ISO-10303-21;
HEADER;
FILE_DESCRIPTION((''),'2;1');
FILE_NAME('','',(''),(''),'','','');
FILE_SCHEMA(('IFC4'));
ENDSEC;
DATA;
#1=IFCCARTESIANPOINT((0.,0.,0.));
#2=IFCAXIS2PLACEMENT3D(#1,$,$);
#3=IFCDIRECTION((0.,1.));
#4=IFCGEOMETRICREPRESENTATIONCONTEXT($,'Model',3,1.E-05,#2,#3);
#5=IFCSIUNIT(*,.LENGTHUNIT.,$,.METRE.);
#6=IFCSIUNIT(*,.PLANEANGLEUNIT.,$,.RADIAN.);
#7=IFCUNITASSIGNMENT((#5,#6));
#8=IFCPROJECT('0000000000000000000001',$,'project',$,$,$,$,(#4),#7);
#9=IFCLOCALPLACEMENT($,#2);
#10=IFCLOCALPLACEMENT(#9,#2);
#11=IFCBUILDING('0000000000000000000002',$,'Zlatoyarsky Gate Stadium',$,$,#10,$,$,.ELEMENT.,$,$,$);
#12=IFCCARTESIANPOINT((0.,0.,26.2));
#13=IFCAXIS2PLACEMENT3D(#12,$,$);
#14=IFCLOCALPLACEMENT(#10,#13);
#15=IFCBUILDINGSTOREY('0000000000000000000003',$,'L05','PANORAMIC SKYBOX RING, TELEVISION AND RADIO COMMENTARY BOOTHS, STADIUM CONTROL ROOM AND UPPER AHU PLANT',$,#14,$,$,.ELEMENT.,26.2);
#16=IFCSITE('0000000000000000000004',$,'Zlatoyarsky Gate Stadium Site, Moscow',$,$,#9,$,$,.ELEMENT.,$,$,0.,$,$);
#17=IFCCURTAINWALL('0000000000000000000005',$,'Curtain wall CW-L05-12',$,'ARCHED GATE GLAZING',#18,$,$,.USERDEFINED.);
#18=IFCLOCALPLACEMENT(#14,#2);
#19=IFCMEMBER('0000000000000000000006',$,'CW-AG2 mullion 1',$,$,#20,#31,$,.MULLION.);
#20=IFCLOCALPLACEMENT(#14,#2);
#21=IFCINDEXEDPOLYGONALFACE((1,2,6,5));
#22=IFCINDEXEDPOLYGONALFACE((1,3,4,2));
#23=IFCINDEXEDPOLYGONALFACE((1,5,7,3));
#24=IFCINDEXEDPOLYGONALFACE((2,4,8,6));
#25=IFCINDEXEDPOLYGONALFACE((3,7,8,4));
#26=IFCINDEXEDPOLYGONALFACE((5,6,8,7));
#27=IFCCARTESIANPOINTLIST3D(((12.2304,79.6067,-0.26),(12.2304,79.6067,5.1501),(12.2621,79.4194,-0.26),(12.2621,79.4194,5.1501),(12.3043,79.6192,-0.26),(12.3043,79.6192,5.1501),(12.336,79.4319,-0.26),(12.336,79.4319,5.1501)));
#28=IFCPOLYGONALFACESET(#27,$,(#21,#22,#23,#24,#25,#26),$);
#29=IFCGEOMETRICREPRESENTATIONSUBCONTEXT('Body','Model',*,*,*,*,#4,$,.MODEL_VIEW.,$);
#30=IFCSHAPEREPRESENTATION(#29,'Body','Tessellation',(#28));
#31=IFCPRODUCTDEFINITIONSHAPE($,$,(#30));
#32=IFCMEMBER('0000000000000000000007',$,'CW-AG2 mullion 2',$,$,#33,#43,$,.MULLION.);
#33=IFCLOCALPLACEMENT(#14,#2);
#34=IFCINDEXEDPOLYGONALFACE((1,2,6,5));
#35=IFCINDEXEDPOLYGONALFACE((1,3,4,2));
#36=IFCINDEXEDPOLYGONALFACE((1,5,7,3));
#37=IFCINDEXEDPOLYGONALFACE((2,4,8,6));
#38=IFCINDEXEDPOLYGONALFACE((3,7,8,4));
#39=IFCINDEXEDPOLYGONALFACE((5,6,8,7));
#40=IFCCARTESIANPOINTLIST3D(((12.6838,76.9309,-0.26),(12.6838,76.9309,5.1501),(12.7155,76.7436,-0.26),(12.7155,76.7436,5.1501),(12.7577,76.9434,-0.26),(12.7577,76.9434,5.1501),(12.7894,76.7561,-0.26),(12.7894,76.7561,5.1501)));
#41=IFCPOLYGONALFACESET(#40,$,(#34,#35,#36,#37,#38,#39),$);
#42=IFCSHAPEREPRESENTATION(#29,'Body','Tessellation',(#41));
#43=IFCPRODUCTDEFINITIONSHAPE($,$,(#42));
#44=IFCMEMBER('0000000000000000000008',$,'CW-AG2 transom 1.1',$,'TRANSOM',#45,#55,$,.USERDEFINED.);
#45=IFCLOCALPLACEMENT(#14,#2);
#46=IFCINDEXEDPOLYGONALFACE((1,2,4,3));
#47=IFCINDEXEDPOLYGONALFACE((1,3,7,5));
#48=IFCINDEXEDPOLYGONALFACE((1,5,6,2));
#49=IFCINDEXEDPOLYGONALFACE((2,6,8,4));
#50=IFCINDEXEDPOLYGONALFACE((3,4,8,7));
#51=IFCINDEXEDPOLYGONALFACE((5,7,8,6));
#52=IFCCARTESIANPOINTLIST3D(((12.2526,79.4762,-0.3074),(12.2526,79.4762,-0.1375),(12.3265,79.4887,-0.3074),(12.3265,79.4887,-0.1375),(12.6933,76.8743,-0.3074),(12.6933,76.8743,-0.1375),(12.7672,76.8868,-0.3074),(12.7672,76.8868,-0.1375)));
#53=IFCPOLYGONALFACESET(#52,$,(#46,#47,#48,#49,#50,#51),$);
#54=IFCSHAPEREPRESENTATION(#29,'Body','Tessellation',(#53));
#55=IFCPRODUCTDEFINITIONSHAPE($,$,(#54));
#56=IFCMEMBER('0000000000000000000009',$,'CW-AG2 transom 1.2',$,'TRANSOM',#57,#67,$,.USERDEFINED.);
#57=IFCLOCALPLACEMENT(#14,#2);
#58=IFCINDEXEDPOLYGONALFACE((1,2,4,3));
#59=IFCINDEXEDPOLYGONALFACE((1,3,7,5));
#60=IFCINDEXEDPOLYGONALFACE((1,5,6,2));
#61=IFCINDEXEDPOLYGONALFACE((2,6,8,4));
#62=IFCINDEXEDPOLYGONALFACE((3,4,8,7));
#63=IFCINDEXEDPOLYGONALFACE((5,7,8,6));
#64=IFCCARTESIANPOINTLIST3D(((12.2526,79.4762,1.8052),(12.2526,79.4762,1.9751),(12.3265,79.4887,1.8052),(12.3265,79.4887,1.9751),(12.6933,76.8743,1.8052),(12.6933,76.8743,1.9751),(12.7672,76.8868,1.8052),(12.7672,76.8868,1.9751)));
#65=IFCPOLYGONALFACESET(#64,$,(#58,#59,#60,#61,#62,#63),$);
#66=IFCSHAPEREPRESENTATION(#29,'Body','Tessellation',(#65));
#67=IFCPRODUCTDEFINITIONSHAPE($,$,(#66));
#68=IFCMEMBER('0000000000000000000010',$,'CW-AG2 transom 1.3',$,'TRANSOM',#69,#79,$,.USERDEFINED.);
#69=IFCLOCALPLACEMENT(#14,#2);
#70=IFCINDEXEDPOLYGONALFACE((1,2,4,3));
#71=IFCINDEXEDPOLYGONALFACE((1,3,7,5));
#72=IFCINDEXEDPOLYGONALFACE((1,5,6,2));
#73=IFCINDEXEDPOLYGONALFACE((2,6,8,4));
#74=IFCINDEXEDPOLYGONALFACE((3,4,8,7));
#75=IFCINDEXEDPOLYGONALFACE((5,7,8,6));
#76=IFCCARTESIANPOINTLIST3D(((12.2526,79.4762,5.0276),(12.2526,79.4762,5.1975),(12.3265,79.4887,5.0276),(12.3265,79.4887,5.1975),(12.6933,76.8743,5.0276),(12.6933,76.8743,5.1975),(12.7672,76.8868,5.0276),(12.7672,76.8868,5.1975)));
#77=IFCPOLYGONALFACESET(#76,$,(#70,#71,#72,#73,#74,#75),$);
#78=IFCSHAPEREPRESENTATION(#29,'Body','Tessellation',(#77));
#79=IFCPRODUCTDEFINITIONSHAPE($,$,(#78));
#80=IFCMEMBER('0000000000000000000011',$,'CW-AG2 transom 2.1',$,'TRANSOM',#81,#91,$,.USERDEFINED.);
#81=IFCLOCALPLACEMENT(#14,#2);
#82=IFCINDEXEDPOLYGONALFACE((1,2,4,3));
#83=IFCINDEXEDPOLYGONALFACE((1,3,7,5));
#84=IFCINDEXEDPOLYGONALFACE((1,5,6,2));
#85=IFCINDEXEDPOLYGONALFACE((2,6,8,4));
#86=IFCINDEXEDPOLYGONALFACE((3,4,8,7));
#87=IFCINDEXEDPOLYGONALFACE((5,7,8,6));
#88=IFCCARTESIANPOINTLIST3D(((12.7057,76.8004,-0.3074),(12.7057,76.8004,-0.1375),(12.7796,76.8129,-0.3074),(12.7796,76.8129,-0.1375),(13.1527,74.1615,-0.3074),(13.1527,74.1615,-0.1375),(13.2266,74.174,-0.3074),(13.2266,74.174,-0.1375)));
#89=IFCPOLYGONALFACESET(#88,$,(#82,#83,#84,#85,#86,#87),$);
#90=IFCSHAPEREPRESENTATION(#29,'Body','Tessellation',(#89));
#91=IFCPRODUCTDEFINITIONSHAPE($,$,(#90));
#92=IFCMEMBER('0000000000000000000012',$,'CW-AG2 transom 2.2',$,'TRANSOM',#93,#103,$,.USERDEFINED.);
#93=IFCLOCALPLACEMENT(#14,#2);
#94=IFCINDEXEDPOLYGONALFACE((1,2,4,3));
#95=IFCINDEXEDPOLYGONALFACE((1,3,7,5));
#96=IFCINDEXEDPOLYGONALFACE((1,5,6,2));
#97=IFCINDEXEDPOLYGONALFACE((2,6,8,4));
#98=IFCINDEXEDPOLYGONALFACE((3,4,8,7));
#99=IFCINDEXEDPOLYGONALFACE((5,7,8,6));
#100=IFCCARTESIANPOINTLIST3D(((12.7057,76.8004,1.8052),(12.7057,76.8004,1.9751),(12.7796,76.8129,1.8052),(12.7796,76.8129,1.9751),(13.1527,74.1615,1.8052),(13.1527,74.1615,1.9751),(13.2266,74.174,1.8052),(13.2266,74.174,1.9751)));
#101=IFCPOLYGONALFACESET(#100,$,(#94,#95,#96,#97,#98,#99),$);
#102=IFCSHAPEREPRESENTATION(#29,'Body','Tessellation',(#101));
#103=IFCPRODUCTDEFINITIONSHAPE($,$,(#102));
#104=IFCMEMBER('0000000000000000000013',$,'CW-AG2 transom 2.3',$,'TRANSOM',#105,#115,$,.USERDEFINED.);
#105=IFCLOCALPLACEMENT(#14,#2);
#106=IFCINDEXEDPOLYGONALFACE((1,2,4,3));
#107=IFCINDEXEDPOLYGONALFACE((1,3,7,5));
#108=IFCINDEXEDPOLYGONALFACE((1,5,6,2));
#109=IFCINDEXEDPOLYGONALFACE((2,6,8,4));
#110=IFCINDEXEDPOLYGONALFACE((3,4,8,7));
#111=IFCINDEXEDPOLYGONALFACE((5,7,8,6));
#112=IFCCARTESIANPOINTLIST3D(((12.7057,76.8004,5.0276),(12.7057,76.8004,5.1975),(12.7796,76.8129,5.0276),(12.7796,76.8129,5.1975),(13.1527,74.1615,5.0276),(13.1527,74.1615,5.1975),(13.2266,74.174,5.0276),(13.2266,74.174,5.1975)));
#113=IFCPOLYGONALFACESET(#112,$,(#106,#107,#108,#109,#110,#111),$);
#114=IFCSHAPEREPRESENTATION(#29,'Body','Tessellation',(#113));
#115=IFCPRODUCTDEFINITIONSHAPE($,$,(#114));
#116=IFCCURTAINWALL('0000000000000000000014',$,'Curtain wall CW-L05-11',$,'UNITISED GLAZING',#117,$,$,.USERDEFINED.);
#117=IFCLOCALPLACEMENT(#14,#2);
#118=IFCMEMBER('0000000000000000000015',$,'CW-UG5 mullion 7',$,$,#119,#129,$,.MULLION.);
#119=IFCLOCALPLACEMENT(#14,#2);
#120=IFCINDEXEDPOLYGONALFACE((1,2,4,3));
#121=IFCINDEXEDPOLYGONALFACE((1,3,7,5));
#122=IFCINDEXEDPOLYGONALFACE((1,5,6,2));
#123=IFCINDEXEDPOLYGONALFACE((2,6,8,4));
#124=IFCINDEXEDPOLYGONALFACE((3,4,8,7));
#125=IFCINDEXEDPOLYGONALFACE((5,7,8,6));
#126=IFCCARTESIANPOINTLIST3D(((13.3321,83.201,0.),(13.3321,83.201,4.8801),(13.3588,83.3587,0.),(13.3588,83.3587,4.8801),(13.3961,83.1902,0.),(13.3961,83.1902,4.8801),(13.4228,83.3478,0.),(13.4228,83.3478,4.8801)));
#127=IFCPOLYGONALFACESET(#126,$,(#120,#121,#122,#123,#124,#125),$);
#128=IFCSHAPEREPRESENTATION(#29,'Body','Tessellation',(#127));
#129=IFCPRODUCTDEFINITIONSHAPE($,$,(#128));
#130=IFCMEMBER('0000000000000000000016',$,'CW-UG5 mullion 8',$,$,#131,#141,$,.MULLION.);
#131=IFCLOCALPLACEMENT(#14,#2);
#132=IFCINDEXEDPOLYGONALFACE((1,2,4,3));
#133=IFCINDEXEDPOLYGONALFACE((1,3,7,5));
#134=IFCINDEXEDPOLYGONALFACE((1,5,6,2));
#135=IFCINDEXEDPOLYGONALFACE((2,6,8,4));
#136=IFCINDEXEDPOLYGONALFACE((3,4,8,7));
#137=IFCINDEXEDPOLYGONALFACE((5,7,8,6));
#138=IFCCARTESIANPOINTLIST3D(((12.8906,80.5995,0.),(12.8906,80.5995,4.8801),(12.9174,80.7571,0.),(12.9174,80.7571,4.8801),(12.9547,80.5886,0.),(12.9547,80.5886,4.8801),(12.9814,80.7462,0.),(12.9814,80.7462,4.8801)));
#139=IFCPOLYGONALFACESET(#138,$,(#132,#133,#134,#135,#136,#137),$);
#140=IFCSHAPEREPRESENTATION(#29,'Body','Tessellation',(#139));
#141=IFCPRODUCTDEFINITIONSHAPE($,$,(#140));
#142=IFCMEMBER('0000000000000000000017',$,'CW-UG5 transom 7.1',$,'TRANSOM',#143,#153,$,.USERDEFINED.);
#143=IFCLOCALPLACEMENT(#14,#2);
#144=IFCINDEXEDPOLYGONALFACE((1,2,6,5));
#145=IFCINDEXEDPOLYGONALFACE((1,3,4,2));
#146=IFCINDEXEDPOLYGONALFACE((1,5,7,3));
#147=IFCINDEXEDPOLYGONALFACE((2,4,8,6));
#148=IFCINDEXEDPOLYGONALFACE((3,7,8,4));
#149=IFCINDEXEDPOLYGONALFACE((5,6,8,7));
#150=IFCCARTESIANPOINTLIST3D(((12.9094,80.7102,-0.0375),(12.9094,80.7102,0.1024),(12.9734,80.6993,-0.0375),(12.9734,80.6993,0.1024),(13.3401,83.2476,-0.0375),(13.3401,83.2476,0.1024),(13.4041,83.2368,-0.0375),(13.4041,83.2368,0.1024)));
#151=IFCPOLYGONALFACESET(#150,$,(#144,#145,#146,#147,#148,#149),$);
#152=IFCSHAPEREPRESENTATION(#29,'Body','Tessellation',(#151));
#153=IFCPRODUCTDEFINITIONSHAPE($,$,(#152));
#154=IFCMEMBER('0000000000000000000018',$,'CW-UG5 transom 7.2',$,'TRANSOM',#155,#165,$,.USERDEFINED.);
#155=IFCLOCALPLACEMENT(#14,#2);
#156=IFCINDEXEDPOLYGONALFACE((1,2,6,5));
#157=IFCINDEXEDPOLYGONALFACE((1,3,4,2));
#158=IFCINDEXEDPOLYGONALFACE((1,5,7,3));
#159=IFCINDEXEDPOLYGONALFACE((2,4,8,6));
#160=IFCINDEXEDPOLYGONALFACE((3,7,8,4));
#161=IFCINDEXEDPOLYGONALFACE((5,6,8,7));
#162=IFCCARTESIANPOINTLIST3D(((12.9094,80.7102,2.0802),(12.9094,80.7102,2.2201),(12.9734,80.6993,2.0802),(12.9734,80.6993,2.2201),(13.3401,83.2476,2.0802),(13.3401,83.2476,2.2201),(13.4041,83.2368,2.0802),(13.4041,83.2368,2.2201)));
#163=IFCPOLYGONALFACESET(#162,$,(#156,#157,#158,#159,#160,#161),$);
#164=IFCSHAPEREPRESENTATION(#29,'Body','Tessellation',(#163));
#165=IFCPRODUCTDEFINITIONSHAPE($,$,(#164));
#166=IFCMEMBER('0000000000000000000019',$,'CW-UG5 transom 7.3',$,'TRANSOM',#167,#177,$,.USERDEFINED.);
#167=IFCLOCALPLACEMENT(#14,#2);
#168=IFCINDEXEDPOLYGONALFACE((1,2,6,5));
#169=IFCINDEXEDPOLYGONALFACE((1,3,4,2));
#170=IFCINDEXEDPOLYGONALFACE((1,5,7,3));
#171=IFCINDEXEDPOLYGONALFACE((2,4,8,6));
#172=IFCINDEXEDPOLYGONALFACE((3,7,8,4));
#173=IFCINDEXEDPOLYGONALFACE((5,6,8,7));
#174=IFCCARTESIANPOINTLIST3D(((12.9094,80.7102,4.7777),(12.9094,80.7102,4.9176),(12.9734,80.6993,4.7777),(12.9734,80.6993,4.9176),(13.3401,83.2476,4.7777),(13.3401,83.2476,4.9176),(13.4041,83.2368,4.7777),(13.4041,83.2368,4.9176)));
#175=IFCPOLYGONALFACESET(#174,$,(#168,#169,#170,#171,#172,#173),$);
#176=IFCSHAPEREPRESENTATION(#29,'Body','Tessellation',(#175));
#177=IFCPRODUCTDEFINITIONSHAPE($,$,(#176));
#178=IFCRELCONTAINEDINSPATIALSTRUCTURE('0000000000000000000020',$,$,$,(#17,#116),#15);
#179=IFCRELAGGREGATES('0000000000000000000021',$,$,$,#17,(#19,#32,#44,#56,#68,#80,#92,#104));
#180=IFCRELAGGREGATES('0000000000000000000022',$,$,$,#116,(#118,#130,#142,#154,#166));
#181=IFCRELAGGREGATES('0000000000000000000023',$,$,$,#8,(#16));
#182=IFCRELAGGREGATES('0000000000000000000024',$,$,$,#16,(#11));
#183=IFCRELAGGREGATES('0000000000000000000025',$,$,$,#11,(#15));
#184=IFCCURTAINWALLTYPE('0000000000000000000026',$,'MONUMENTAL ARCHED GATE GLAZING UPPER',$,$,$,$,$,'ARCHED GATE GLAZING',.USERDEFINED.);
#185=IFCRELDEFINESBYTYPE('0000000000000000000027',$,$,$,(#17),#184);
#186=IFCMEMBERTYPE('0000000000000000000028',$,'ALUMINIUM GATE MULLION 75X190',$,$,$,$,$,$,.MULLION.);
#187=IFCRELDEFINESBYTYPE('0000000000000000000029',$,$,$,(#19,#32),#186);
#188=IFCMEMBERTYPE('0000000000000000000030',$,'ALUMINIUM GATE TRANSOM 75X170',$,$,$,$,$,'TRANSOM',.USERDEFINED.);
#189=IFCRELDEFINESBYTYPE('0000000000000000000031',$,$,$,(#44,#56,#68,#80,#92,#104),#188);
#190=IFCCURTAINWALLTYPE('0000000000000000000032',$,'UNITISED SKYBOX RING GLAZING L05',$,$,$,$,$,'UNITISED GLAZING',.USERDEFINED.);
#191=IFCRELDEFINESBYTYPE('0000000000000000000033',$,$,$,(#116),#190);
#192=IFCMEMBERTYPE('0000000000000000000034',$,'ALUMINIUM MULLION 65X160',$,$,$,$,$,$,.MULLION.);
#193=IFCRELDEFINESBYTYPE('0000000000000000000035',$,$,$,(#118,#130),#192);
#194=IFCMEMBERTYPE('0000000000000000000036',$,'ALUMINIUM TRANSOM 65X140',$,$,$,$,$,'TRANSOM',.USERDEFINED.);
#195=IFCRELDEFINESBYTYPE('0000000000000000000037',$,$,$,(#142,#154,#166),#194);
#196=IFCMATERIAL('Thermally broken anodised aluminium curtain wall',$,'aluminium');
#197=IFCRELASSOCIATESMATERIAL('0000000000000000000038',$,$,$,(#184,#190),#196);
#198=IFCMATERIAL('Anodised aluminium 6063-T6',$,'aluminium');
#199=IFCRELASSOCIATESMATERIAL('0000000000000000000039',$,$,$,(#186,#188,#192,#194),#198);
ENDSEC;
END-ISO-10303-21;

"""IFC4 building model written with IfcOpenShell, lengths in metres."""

from ifc_helpers import new_model, si_unit, direction, frame, origin, origin_2d, place, context, subcontext, project, spatial, rectangle, extrude, material, material_profile, profile_set, type_object, element, aggregate, save


model = new_model("IFC4")

# Units and contexts
model_context = context("Model", 3, precision=1e-05, world=origin(), true_north=direction((0.0, 1.0)))
body_context = subcontext(model_context, "Body", "Model", "MODEL_VIEW")
ifc_project = project(units=[si_unit("LENGTHUNIT", "METRE"), si_unit("PLANEANGLEUNIT", "RADIAN")], contexts=[model_context])

# Site, building, storey
site_placement = place(None, origin())
site = spatial("IfcSite", under=ifc_project, at=site_placement, Name="Zlatoyarsky Gate Stadium Site, Moscow", CompositionType="ELEMENT", RefElevation=0.0)
building_placement = place(site_placement, origin())
building = spatial("IfcBuilding", under=site, at=building_placement, Name="Zlatoyarsky Gate Stadium", CompositionType="ELEMENT")
storey_placement = place(building_placement, frame((0.0, 0.0, 26.2)))
storey = spatial("IfcBuildingStorey", under=building, at=storey_placement, Name="L05", Description="PANORAMIC SKYBOX RING, TELEVISION AND RADIO COMMENTARY BOOTHS, STADIUM CONTROL ROOM AND UPPER AHU PLANT", CompositionType="ELEMENT", Elevation=26.2)

# Curtain walls, members
ifc_material_1 = material(Name="Thermally broken anodised aluminium curtain wall", Category="aluminium")
curtain_wall_type_1 = type_object("IfcCurtainWallType", Name="MONUMENTAL ARCHED GATE GLAZING UPPER", ElementType="ARCHED GATE GLAZING", PredefinedType="USERDEFINED", material=ifc_material_1)
curtain_wall_1_placement = place(storey_placement, origin())
curtain_wall_1 = element("IfcCurtainWall", 1, at=curtain_wall_1_placement, inside=storey, type_object=curtain_wall_type_1, Name="Curtain wall CW-L05-12", ObjectType="ARCHED GATE GLAZING", PredefinedType="USERDEFINED")
ifc_material_2 = material(Name="Anodised aluminium 6063-T6", Category="aluminium")
ifc_material_profile_1 = material_profile(ifc_material_2, rectangle(XDim=0.075, YDim=0.1899, at=origin_2d()), Name="ALU 75X190")
ifc_profile_set_1 = profile_set([ifc_material_profile_1], Name="Anodised aluminium 6063-T6")
member_type_1 = type_object("IfcMemberType", Name="ALUMINIUM GATE MULLION 75X190", PredefinedType="MULLION", material=ifc_profile_set_1)
member_1_placement = place(storey_placement, frame((12.2832, 79.5193, -0.26), z_axis=(0.0, 0.0, 1.0), x_axis=(0.985958, 0.166995, 0.0)))
member_1 = element("IfcMember", 2, at=member_1_placement, type_object=member_type_1, Name="CW-AG2 mullion 1", PredefinedType="MULLION", context=body_context, shape_type="SweptSolid", body=[
    extrude(rectangle(XDim=0.075, YDim=0.1899, at=origin_2d()), origin(), (0.0, 0.0, 1.0), 5.4102),
])
member_2_placement = place(storey_placement, frame((12.7366, 76.8435, -0.26), z_axis=(0.0, 0.0, 1.0), x_axis=(0.985958, 0.166995, 0.0)))
member_2 = element("IfcMember", 3, at=member_2_placement, type_object=member_type_1, Name="CW-AG2 mullion 2", PredefinedType="MULLION", context=body_context, shape_type="SweptSolid", body=[
    extrude(rectangle(XDim=0.075, YDim=0.1899, at=origin_2d()), origin(), (0.0, 0.0, 1.0), 5.4102),
])
ifc_material_profile_2 = material_profile(ifc_material_2, rectangle(XDim=0.075, YDim=0.1699, at=origin_2d()), Name="ALU 75X170")
ifc_profile_set_2 = profile_set([ifc_material_profile_2], Name="Anodised aluminium 6063-T6")
member_type_2 = type_object("IfcMemberType", Name="ALUMINIUM GATE TRANSOM 75X170", ElementType="TRANSOM", PredefinedType="USERDEFINED", material=ifc_profile_set_2)
member_3_placement = place(storey_placement, frame((12.2896, 79.4824, -0.2224), z_axis=(0.166994, -0.985958, 0.0), x_axis=(0.985958, 0.166994, 0.0)))
member_3 = element("IfcMember", 4, at=member_3_placement, type_object=member_type_2, Name="CW-AG2 transom 1.1", ObjectType="TRANSOM", PredefinedType="USERDEFINED", context=body_context, shape_type="SweptSolid", body=[
    extrude(rectangle(XDim=0.075, YDim=0.1699, at=origin_2d()), origin(), (0.0, 0.0, 1.0), 2.6389),
])
member_4_placement = place(storey_placement, frame((12.2896, 79.4824, 1.8901), z_axis=(0.166994, -0.985958, 0.0), x_axis=(0.985958, 0.166994, 0.0)))
member_4 = element("IfcMember", 5, at=member_4_placement, type_object=member_type_2, Name="CW-AG2 transom 1.2", ObjectType="TRANSOM", PredefinedType="USERDEFINED", context=body_context, shape_type="SweptSolid", body=[
    extrude(rectangle(XDim=0.075, YDim=0.1699, at=origin_2d()), origin(), (0.0, 0.0, 1.0), 2.6389),
])
member_5_placement = place(storey_placement, frame((12.2896, 79.4824, 5.1125), z_axis=(0.166994, -0.985958, 0.0), x_axis=(0.985958, 0.166994, 0.0)))
member_5 = element("IfcMember", 6, at=member_5_placement, type_object=member_type_2, Name="CW-AG2 transom 1.3", ObjectType="TRANSOM", PredefinedType="USERDEFINED", context=body_context, shape_type="SweptSolid", body=[
    extrude(rectangle(XDim=0.075, YDim=0.1699, at=origin_2d()), origin(), (0.0, 0.0, 1.0), 2.6389),
])
member_6_placement = place(storey_placement, frame((12.7427, 76.8066, -0.2224), z_axis=(0.167017, -0.985954, 0.0), x_axis=(0.985954, 0.167017, 0.0)))
member_6 = element("IfcMember", 7, at=member_6_placement, type_object=member_type_2, Name="CW-AG2 transom 2.1", ObjectType="TRANSOM", PredefinedType="USERDEFINED", context=body_context, shape_type="SweptSolid", body=[
    extrude(rectangle(XDim=0.075, YDim=0.1699, at=origin_2d()), origin(), (0.0, 0.0, 1.0), 2.6765),
])
member_7_placement = place(storey_placement, frame((12.7427, 76.8066, 1.8901), z_axis=(0.167017, -0.985954, 0.0), x_axis=(0.985954, 0.167017, 0.0)))
member_7 = element("IfcMember", 8, at=member_7_placement, type_object=member_type_2, Name="CW-AG2 transom 2.2", ObjectType="TRANSOM", PredefinedType="USERDEFINED", context=body_context, shape_type="SweptSolid", body=[
    extrude(rectangle(XDim=0.075, YDim=0.1699, at=origin_2d()), origin(), (0.0, 0.0, 1.0), 2.6765),
])
member_8_placement = place(storey_placement, frame((12.7427, 76.8066, 5.1125), z_axis=(0.167017, -0.985954, 0.0), x_axis=(0.985954, 0.167017, 0.0)))
member_8 = element("IfcMember", 9, at=member_8_placement, type_object=member_type_2, Name="CW-AG2 transom 2.3", ObjectType="TRANSOM", PredefinedType="USERDEFINED", context=body_context, shape_type="SweptSolid", body=[
    extrude(rectangle(XDim=0.075, YDim=0.1699, at=origin_2d()), origin(), (0.0, 0.0, 1.0), 2.6765),
])
curtain_wall_type_2 = type_object("IfcCurtainWallType", Name="UNITISED SKYBOX RING GLAZING L05", ElementType="UNITISED GLAZING", PredefinedType="USERDEFINED", material=ifc_material_1)
curtain_wall_2_placement = place(storey_placement, origin())
curtain_wall_2 = element("IfcCurtainWall", 10, at=curtain_wall_2_placement, inside=storey, type_object=curtain_wall_type_2, Name="Curtain wall CW-L05-11", ObjectType="UNITISED GLAZING", PredefinedType="USERDEFINED")
ifc_material_profile_3 = material_profile(ifc_material_2, rectangle(XDim=0.0649, YDim=0.1599, at=origin_2d()), Name="ALU 65X160")
ifc_profile_set_3 = profile_set([ifc_material_profile_3], Name="Anodised aluminium 6063-T6")
member_type_3 = type_object("IfcMemberType", Name="ALUMINIUM MULLION 65X160", PredefinedType="MULLION", material=ifc_profile_set_3)
member_9_placement = place(storey_placement, frame((13.3774, 83.2744, 0.0), z_axis=(0.0, 0.0, 1.0), x_axis=(0.985909, -0.167284, 0.0)))
member_9 = element("IfcMember", 11, at=member_9_placement, type_object=member_type_3, Name="CW-UG5 mullion 7", PredefinedType="MULLION", context=body_context, shape_type="SweptSolid", body=[
    extrude(rectangle(XDim=0.0649, YDim=0.1599, at=origin_2d()), origin(), (0.0, 0.0, 1.0), 4.8801),
])
member_10_placement = place(storey_placement, frame((12.936, 80.6729, 0.0), z_axis=(0.0, 0.0, 1.0), x_axis=(0.985909, -0.167284, 0.0)))
member_10 = element("IfcMember", 12, at=member_10_placement, type_object=member_type_3, Name="CW-UG5 mullion 8", PredefinedType="MULLION", context=body_context, shape_type="SweptSolid", body=[
    extrude(rectangle(XDim=0.0649, YDim=0.1599, at=origin_2d()), origin(), (0.0, 0.0, 1.0), 4.8801),
])
ifc_material_profile_4 = material_profile(ifc_material_2, rectangle(XDim=0.0649, YDim=0.1399, at=origin_2d()), Name="ALU 65X140")
ifc_profile_set_4 = profile_set([ifc_material_profile_4], Name="Anodised aluminium 6063-T6")
member_type_4 = type_object("IfcMemberType", Name="ALUMINIUM TRANSOM 65X140", ElementType="TRANSOM", PredefinedType="USERDEFINED", material=ifc_profile_set_4)
member_11_placement = place(storey_placement, frame((13.3721, 83.2422, 0.0325), z_axis=(-0.167336, -0.9859, 0.0), x_axis=(0.9859, -0.167336, 0.0)))
member_11 = element("IfcMember", 13, at=member_11_placement, type_object=member_type_4, Name="CW-UG5 transom 7.1", ObjectType="TRANSOM", PredefinedType="USERDEFINED", context=body_context, shape_type="SweptSolid", body=[
    extrude(rectangle(XDim=0.0649, YDim=0.1399, at=origin_2d()), origin(), (0.0, 0.0, 1.0), 2.5737),
])
member_12_placement = place(storey_placement, frame((13.3721, 83.2422, 2.1501), z_axis=(-0.167336, -0.9859, 0.0), x_axis=(0.9859, -0.167336, 0.0)))
member_12 = element("IfcMember", 14, at=member_12_placement, type_object=member_type_4, Name="CW-UG5 transom 7.2", ObjectType="TRANSOM", PredefinedType="USERDEFINED", context=body_context, shape_type="SweptSolid", body=[
    extrude(rectangle(XDim=0.0649, YDim=0.1399, at=origin_2d()), origin(), (0.0, 0.0, 1.0), 2.5737),
])
member_13_placement = place(storey_placement, frame((13.3721, 83.2422, 4.8477), z_axis=(-0.167336, -0.9859, 0.0), x_axis=(0.9859, -0.167336, 0.0)))
member_13 = element("IfcMember", 15, at=member_13_placement, type_object=member_type_4, Name="CW-UG5 transom 7.3", ObjectType="TRANSOM", PredefinedType="USERDEFINED", context=body_context, shape_type="SweptSolid", body=[
    extrude(rectangle(XDim=0.0649, YDim=0.1399, at=origin_2d()), origin(), (0.0, 0.0, 1.0), 2.5737),
])

aggregate(curtain_wall_1, [member_1, member_2, member_3, member_4, member_5, member_6, member_7, member_8])

aggregate(curtain_wall_2, [member_9, member_10, member_11, member_12, member_13])

save(model, "model.ifc")
